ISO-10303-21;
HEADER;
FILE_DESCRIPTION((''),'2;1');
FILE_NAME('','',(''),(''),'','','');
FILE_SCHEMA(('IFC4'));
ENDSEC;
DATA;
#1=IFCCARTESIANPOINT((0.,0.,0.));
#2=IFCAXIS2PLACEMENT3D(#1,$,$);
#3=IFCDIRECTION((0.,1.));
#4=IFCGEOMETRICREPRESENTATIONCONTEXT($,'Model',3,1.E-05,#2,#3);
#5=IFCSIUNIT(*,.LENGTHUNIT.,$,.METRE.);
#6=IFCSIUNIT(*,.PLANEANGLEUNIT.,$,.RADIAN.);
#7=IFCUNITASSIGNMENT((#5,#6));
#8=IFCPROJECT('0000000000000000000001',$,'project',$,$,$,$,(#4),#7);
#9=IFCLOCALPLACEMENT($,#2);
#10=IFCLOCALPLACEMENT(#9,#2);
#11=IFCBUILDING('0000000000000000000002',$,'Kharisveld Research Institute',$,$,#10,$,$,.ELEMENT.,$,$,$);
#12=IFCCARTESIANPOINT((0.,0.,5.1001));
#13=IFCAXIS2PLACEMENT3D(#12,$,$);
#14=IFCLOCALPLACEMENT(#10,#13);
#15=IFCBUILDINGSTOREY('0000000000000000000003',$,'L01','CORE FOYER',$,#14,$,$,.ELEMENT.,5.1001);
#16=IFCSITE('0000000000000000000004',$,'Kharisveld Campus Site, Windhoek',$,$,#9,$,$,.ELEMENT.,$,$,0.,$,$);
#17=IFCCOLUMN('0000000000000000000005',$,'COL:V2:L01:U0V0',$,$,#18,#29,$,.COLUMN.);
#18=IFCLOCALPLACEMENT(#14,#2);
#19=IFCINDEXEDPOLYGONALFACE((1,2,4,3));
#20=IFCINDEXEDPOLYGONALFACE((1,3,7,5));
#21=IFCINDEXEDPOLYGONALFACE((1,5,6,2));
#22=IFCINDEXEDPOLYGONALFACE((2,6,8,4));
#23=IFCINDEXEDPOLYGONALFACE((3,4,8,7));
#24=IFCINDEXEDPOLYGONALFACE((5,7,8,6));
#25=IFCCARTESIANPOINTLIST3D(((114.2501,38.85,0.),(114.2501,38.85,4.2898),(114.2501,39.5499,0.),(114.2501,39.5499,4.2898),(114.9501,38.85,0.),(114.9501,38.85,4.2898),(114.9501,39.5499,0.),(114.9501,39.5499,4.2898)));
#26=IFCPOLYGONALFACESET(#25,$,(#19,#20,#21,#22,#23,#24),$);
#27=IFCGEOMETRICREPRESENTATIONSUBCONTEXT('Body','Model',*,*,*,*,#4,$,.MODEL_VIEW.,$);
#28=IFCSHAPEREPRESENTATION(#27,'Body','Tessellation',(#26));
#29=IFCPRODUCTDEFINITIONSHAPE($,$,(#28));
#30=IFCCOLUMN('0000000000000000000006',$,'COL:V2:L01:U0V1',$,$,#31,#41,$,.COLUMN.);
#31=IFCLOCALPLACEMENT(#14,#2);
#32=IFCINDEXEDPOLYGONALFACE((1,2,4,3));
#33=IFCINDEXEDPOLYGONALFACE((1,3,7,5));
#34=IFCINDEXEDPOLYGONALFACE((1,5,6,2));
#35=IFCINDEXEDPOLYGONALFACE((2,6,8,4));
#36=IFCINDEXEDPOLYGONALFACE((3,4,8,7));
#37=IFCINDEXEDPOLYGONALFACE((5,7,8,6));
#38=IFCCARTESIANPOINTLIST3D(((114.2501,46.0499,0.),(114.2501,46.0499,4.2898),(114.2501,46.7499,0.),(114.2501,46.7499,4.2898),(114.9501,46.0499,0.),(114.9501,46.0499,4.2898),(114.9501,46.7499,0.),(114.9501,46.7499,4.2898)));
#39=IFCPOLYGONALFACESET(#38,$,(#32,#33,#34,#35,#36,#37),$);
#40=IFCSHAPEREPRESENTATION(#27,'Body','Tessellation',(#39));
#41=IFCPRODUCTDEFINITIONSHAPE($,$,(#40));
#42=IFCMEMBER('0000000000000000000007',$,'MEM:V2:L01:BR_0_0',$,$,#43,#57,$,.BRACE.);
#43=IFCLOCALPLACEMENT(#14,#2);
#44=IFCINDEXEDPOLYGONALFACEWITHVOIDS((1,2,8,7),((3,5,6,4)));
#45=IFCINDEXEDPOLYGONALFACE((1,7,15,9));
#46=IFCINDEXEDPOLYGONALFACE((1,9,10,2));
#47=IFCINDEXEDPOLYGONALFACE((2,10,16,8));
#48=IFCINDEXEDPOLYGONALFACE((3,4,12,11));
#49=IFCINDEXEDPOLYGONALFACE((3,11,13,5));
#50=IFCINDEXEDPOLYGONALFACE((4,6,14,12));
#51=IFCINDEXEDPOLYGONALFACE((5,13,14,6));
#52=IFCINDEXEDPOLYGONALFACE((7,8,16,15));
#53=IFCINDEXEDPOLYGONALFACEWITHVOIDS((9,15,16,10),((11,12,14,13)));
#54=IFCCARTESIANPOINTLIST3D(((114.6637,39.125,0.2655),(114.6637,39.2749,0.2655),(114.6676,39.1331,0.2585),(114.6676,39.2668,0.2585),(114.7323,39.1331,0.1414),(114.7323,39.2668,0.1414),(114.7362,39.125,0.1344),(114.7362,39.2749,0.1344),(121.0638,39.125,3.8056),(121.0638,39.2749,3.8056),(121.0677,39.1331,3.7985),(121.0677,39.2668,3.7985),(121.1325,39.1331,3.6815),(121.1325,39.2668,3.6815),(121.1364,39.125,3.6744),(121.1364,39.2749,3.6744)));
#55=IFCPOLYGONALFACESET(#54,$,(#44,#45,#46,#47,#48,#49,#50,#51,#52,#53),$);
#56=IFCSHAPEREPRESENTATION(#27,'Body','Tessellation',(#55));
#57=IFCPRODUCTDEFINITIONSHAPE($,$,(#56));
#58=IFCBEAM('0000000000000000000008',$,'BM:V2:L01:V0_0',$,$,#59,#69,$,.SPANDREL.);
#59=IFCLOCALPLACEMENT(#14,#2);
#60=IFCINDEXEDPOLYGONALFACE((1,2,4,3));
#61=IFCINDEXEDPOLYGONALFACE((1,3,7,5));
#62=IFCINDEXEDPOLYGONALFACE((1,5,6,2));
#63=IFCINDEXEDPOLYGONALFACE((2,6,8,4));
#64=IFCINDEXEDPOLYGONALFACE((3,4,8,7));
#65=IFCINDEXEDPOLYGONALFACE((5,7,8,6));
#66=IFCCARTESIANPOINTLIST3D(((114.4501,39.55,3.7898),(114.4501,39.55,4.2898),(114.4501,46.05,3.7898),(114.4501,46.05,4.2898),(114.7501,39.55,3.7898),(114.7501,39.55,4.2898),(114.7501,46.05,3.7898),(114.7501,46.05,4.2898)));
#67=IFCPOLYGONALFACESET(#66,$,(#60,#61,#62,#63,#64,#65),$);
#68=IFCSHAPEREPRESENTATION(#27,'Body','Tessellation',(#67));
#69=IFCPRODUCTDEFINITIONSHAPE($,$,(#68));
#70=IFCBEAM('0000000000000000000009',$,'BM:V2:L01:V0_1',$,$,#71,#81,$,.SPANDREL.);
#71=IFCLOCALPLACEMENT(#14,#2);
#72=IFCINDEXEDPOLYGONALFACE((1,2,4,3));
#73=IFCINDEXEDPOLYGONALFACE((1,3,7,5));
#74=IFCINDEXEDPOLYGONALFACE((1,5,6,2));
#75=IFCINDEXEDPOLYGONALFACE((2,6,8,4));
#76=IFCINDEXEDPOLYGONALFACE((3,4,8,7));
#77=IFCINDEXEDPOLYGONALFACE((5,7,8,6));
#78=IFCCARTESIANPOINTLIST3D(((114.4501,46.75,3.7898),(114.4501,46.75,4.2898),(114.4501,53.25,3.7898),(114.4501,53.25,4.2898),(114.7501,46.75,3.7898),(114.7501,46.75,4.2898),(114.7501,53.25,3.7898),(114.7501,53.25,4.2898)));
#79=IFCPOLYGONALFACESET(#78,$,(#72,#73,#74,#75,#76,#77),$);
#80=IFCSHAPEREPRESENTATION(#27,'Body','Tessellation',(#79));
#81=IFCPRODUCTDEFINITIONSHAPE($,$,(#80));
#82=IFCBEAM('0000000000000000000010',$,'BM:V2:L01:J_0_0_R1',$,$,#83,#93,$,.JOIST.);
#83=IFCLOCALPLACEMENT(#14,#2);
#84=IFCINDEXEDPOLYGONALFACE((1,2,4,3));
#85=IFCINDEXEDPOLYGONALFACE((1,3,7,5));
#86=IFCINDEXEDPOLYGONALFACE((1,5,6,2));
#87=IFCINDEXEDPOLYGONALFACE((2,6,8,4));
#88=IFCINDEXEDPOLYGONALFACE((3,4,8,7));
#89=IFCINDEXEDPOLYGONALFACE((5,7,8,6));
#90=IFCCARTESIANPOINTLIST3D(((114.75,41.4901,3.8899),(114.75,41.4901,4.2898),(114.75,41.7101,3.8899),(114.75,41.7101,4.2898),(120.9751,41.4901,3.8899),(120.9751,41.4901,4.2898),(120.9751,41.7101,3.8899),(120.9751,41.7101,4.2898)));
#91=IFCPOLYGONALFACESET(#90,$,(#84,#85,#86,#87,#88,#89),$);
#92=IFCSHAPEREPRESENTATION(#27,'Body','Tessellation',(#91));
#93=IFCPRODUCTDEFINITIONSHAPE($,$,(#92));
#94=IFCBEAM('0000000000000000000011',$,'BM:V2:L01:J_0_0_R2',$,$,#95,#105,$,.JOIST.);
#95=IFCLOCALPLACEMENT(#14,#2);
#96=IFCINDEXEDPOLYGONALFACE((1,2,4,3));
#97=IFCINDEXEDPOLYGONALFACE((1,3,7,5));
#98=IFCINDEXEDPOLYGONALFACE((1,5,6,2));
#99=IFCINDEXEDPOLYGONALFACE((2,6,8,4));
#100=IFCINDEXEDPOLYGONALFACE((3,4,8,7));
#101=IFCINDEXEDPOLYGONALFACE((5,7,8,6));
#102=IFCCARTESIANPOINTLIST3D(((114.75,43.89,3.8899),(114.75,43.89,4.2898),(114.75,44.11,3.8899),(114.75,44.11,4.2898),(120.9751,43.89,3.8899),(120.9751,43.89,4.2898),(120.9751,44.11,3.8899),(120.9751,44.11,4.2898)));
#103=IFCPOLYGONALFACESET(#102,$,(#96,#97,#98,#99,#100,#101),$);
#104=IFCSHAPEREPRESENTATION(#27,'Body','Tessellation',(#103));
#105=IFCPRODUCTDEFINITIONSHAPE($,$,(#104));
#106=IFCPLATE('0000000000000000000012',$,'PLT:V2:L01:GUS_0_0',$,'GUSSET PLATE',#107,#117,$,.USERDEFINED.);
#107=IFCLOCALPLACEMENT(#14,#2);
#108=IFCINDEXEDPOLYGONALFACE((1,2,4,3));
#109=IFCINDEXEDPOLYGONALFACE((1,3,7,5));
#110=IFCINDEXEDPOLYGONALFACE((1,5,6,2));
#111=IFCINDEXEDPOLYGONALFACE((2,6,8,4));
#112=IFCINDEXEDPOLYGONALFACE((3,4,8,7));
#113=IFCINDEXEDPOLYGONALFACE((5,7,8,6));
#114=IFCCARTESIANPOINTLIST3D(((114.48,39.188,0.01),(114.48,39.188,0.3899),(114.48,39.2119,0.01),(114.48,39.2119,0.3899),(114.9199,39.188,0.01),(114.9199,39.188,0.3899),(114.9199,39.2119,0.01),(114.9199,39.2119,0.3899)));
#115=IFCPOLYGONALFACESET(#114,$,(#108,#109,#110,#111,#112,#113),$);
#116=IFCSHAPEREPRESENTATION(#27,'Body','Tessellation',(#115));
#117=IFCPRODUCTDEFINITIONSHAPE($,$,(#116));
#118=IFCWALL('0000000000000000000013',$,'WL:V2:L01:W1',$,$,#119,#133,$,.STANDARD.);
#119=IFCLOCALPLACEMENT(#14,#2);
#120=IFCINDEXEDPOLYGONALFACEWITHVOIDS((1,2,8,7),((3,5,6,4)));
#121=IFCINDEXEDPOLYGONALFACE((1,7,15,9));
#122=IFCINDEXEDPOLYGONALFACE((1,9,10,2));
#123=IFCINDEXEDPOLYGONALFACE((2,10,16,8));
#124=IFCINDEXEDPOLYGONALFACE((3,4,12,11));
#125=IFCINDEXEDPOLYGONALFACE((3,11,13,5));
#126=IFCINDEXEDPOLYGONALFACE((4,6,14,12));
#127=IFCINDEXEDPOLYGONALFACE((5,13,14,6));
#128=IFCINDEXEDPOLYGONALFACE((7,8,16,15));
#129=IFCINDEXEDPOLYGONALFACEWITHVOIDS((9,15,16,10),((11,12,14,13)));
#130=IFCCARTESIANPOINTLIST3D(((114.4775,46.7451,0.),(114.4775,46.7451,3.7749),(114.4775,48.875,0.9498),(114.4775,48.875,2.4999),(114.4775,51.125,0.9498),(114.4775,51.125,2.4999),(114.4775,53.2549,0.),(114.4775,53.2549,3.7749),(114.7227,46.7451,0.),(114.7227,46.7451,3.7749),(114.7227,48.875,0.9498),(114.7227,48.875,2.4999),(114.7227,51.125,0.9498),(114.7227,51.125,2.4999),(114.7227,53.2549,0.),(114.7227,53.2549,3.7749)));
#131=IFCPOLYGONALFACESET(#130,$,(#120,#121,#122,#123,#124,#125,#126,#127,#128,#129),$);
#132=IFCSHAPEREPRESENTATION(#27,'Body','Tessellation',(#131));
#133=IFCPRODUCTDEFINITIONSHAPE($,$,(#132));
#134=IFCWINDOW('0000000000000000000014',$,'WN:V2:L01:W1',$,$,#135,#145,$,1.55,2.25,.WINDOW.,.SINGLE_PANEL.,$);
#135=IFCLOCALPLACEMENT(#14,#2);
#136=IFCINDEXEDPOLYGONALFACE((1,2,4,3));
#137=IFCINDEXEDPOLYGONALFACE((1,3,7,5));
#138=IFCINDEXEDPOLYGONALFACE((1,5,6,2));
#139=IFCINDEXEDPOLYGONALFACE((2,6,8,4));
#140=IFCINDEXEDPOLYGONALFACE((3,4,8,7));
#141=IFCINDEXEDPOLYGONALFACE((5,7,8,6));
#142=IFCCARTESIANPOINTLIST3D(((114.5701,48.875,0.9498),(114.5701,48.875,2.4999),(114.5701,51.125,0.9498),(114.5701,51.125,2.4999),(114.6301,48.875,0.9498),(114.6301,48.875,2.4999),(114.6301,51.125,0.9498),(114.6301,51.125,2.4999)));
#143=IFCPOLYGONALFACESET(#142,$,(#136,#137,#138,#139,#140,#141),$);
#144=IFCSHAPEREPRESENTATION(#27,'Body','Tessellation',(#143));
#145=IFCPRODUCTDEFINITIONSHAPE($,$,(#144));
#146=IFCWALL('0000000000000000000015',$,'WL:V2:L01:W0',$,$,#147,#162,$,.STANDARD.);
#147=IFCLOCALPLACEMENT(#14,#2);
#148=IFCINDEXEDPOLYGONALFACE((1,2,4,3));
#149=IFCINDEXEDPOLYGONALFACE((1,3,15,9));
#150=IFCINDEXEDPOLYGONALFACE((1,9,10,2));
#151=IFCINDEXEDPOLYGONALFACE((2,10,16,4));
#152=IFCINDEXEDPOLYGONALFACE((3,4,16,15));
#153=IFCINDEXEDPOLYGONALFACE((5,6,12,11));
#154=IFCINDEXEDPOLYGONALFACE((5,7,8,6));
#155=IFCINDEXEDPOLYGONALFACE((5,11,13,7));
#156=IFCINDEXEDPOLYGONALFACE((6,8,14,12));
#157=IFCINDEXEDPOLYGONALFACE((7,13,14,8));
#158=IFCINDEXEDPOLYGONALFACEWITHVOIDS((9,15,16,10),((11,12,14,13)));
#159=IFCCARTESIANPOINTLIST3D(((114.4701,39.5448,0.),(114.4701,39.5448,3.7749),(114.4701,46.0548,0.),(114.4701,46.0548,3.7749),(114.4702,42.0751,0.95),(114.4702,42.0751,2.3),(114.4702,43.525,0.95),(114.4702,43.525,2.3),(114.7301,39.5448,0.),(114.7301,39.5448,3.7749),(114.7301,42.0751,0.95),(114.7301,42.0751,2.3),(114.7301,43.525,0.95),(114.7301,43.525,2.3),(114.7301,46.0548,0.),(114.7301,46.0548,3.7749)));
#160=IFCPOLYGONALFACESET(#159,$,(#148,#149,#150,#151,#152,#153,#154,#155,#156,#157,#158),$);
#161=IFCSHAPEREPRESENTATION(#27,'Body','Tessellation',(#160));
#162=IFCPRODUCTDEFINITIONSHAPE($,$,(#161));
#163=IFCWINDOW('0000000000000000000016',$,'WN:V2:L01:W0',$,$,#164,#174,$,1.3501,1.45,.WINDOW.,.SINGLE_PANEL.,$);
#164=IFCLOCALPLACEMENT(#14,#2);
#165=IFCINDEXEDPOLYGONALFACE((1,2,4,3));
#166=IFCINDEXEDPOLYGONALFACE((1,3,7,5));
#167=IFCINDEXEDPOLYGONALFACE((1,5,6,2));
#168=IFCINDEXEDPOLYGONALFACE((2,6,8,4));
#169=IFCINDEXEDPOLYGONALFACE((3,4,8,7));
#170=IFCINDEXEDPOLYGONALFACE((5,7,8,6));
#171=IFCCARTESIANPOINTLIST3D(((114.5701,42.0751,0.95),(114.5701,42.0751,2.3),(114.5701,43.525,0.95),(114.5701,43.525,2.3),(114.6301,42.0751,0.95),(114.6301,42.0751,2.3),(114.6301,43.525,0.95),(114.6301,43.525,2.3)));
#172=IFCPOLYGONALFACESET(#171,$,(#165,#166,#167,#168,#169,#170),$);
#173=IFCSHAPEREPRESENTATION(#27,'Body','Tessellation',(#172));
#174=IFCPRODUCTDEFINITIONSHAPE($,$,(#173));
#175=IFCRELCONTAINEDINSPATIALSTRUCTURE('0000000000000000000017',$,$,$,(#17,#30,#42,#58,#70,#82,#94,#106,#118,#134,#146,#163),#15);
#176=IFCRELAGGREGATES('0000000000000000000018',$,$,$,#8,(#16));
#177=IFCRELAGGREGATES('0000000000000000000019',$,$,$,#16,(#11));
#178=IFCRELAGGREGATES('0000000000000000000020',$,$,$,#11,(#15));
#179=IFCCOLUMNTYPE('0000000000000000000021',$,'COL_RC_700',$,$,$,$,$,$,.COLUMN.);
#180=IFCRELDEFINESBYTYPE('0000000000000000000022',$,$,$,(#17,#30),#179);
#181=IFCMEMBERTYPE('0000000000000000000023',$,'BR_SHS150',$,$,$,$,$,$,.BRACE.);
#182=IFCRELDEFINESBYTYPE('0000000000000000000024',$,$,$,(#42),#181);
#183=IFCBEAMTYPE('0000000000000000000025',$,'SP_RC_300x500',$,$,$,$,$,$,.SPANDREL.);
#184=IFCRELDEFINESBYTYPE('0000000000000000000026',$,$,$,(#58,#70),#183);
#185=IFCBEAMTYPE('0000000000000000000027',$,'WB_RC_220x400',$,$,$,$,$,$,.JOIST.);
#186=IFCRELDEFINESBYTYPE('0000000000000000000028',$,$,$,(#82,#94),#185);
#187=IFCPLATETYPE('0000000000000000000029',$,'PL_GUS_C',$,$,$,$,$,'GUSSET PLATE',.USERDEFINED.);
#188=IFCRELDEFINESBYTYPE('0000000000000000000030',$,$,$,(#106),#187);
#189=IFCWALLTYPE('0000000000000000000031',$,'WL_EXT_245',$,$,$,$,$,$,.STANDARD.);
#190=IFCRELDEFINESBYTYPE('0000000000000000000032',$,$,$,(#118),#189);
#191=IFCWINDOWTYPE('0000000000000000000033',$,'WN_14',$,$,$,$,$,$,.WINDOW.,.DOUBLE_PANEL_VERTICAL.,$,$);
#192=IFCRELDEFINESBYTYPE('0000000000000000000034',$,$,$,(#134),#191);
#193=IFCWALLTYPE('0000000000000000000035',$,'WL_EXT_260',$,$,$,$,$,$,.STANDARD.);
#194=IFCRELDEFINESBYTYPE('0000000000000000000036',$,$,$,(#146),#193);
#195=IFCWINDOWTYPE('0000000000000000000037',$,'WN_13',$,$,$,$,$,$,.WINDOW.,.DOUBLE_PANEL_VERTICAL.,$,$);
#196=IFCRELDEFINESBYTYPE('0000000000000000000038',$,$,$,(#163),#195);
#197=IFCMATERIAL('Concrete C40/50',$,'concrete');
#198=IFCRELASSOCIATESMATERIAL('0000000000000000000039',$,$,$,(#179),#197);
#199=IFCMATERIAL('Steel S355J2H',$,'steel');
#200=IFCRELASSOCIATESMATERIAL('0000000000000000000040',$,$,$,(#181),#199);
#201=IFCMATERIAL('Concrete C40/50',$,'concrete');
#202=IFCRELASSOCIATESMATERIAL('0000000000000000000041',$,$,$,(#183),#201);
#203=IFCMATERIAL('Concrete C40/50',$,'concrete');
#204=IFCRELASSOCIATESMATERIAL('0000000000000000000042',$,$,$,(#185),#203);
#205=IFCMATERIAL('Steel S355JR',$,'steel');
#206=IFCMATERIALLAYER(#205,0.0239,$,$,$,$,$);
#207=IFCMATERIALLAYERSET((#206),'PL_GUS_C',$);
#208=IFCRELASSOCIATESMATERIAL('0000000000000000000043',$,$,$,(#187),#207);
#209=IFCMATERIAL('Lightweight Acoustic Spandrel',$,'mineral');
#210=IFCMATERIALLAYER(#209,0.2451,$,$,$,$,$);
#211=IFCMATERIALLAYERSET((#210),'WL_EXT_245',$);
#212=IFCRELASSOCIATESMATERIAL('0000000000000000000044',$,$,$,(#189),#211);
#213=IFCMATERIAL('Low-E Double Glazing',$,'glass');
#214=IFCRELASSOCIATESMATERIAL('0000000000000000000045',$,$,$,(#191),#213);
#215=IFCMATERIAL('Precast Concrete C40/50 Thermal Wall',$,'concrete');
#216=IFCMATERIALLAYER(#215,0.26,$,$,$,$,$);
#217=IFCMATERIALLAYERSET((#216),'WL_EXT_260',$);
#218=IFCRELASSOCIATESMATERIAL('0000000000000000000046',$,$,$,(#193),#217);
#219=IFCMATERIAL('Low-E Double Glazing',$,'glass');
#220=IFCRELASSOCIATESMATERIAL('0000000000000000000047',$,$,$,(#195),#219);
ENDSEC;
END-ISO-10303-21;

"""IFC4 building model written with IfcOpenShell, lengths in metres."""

from ifc_helpers import new_model, si_unit, direction, frame, frame_2d, origin, origin_2d, place, context, subcontext, project, spatial, rectangle, hollow_rectangle, extrude, material, layer, layer_set, material_profile, profile_set, type_object, element, fill, save


model = new_model("IFC4")

# Units and contexts
model_context = context("Model", 3, precision=1e-05, world=origin(), true_north=direction((0.0, 1.0)))
body_context = subcontext(model_context, "Body", "Model", "MODEL_VIEW")
ifc_project = project(units=[si_unit("LENGTHUNIT", "METRE"), si_unit("PLANEANGLEUNIT", "RADIAN")], contexts=[model_context])

# Site, building, storey
site_placement = place(None, origin())
site = spatial("IfcSite", under=ifc_project, at=site_placement, Name="Kharisveld Campus Site, Windhoek", CompositionType="ELEMENT", RefElevation=0.0)
building_placement = place(site_placement, origin())
building = spatial("IfcBuilding", under=site, at=building_placement, Name="Kharisveld Research Institute", CompositionType="ELEMENT")
storey_placement = place(building_placement, frame((0.0, 0.0, 5.1001)))
storey = spatial("IfcBuildingStorey", under=building, at=storey_placement, Name="L01", Description="CORE FOYER", CompositionType="ELEMENT", Elevation=5.1001)

# Columns
ifc_material_1 = material(Name="Concrete C40/50", Category="concrete")
ifc_material_profile_1 = material_profile(ifc_material_1, rectangle(XDim=0.7, YDim=0.7, at=origin_2d()))
ifc_profile_set_1 = profile_set([ifc_material_profile_1], Name="Concrete C40/50")
column_type = type_object("IfcColumnType", Name="COL_RC_700", PredefinedType="COLUMN", material=ifc_profile_set_1)
for number, where, z_axis, x_axis, name in (
    (1, (114.6001, 39.2, 0.0), (0.0, 0.0, 1.0), (1.0, 0.0, 0.0), "COL:V2:L01:U0V0"),
    (2, (114.6001, 46.3999, 0.0), (0.0, 0.0, 1.0), (1.0, 0.0, 0.0), "COL:V2:L01:U0V1"),
):
    element("IfcColumn", number, at=place(storey_placement, frame(where, z_axis=z_axis, x_axis=x_axis)), inside=storey, type_object=column_type, Name=name, PredefinedType="COLUMN", context=body_context, shape_type="SweptSolid", body=[
        extrude(rectangle(XDim=0.7, YDim=0.7, at=origin_2d()), origin(), (0.0, 0.0, 1.0), 4.2898),
    ])

# Member
ifc_material_2 = material(Name="Steel S355J2H", Category="steel")
ifc_material_profile_2 = material_profile(ifc_material_2, hollow_rectangle(XDim=0.1499, YDim=0.1499, WallThickness=0.0081, at=origin_2d()))
ifc_profile_set_2 = profile_set([ifc_material_profile_2], Name="Steel S355J2H")
member_type = type_object("IfcMemberType", Name="BR_SHS150", PredefinedType="BRACE", material=ifc_profile_set_2)
member_placement = place(storey_placement, frame((114.7, 39.2, 0.2), z_axis=(0.875061, 0.0, 0.484012), x_axis=(0.0, 1.0, 0.0)))
element("IfcMember", 3, at=member_placement, inside=storey, type_object=member_type, Name="MEM:V2:L01:BR_0_0", PredefinedType="BRACE", context=body_context, shape_type="SweptSolid", body=[
    extrude(hollow_rectangle(XDim=0.1499, YDim=0.1499, WallThickness=0.0081, at=origin_2d()), origin(), (0.0, 0.0, 1.0), 7.314),
])

# Beams
ifc_material_3 = material(Name="Concrete C40/50", Category="concrete")
ifc_material_profile_3 = material_profile(ifc_material_3, rectangle(XDim=0.3, YDim=0.5, at=origin_2d()))
ifc_profile_set_3 = profile_set([ifc_material_profile_3], Name="Concrete C40/50")
beam_type_1 = type_object("IfcBeamType", Name="SP_RC_300x500", PredefinedType="SPANDREL", material=ifc_profile_set_3)
for number, where, z_axis, x_axis, name in (
    (4, (114.6001, 39.55, 4.0398), (0.0, 1.0, 0.0), (-1.0, 0.0, 0.0), "BM:V2:L01:V0_0"),
    (5, (114.6001, 46.75, 4.0398), (0.0, 1.0, 0.0), (-1.0, 0.0, 0.0), "BM:V2:L01:V0_1"),
):
    element("IfcBeam", number, at=place(storey_placement, frame(where, z_axis=z_axis, x_axis=x_axis)), inside=storey, type_object=beam_type_1, Name=name, PredefinedType="SPANDREL", context=body_context, shape_type="SweptSolid", body=[
        extrude(rectangle(XDim=0.3, YDim=0.5, at=origin_2d()), origin(), (0.0, 0.0, 1.0), 6.5),
    ])
ifc_material_4 = material(Name="Concrete C40/50", Category="concrete")
ifc_material_profile_4 = material_profile(ifc_material_4, rectangle(XDim=0.22, YDim=0.3999, at=origin_2d()))
ifc_profile_set_4 = profile_set([ifc_material_profile_4], Name="Concrete C40/50")
beam_type_2 = type_object("IfcBeamType", Name="WB_RC_220x400", PredefinedType="JOIST", material=ifc_profile_set_4)
for number, where, z_axis, x_axis, name in (
    (6, (114.75, 41.6001, 4.0898), (1.0, 0.0, 0.0), (0.0, 1.0, 0.0), "BM:V2:L01:J_0_0_R1"),
    (7, (114.75, 44.0, 4.0898), (1.0, 0.0, 0.0), (0.0, 1.0, 0.0), "BM:V2:L01:J_0_0_R2"),
):
    element("IfcBeam", number, at=place(storey_placement, frame(where, z_axis=z_axis, x_axis=x_axis)), inside=storey, type_object=beam_type_2, Name=name, PredefinedType="JOIST", context=body_context, shape_type="SweptSolid", body=[
        extrude(rectangle(XDim=0.22, YDim=0.3999, at=origin_2d()), origin(), (0.0, 0.0, 1.0), 6.2251),
    ])

# Plate
ifc_material_5 = material(Name="Steel S355JR", Category="steel")
ifc_layer_1 = layer(ifc_material_5, 0.0239)
ifc_layer_set_1 = layer_set([ifc_layer_1], Name="PL_GUS_C")
plate_type = type_object("IfcPlateType", Name="PL_GUS_C", ElementType="GUSSET PLATE", PredefinedType="USERDEFINED", material=ifc_layer_set_1)
plate_placement = place(storey_placement, frame((114.7, 39.2, 0.01), z_axis=(0.0, 0.0, 1.0), x_axis=(1.0, 0.0, 0.0)))
element("IfcPlate", 8, at=plate_placement, inside=storey, type_object=plate_type, Name="PLT:V2:L01:GUS_0_0", ObjectType="GUSSET PLATE", PredefinedType="USERDEFINED", context=body_context, shape_type="SweptSolid", body=[
    extrude(rectangle(XDim=0.4399, YDim=0.0239, at=origin_2d()), origin(), (0.0, 0.0, 1.0), 0.3799),
])

# Walls, openings, windows
ifc_material_6 = material(Name="Lightweight Acoustic Spandrel", Category="mineral")
ifc_layer_2 = layer(ifc_material_6, 0.2451)
ifc_layer_set_2 = layer_set([ifc_layer_2], Name="WL_EXT_245")
wall_type_1 = type_object("IfcWallType", Name="WL_EXT_245", PredefinedType="STANDARD", material=ifc_layer_set_2)
wall_1_placement = place(storey_placement, frame((114.6001, 46.7451, 0.0), z_axis=(0.0, 0.0, 1.0), x_axis=(0.0, 1.0, 0.0)))
wall_1 = element("IfcWall", 9, at=wall_1_placement, inside=storey, type_object=wall_type_1, Name="WL:V2:L01:W1", PredefinedType="STANDARD", context=body_context, shape_type="SweptSolid", body=[
    extrude(rectangle(XDim=6.5098, YDim=0.2451, at=frame_2d((3.2549, 0.0))), origin(), (0.0, 0.0, 1.0), 3.7749),
])
opening_1_placement = place(wall_1_placement, frame((2.1299, 0.0, 0.95)))
opening_1 = element("IfcOpeningElement", 10, at=opening_1_placement, cuts=wall_1, PredefinedType="OPENING", context=body_context, shape_type="SweptSolid", body=[
    extrude(rectangle(XDim=2.25, YDim=1.55, at=frame_2d((1.125, 0.7749))), frame((0.0, 0.1226, 0.0), z_axis=(0.0, -1.0, 0.0), x_axis=(1.0, 0.0, 0.0)), (0.0, 0.0, 1.0), 0.2451),
])
ifc_material_7 = material(Name="Low-E Double Glazing", Category="glass")
window_type_1 = type_object("IfcWindowType", Name="WN_14", PartitioningType="DOUBLE_PANEL_VERTICAL", PredefinedType="WINDOW", material=ifc_material_7)
window_1_placement = place(opening_1_placement, origin())
window_1 = element("IfcWindow", 11, at=window_1_placement, inside=storey, type_object=window_type_1, Name="WN:V2:L01:W1", OverallHeight=1.55, OverallWidth=2.25, PartitioningType="SINGLE_PANEL", PredefinedType="WINDOW", context=body_context, shape_type="SweptSolid", body=[
    extrude(rectangle(XDim=2.25, YDim=1.55, at=frame_2d((1.125, 0.7749))), frame((0.0, 0.03, 0.0), z_axis=(0.0, -1.0, 0.0), x_axis=(1.0, 0.0, 0.0)), (0.0, 0.0, 1.0), 0.0601),
])
fill(opening_1, window_1)
ifc_material_8 = material(Name="Precast Concrete C40/50 Thermal Wall", Category="concrete")
ifc_layer_3 = layer(ifc_material_8, 0.26)
ifc_layer_set_3 = layer_set([ifc_layer_3], Name="WL_EXT_260")
wall_type_2 = type_object("IfcWallType", Name="WL_EXT_260", PredefinedType="STANDARD", material=ifc_layer_set_3)
wall_2_placement = place(storey_placement, frame((114.6001, 39.5449, 0.0), z_axis=(0.0, 0.0, 1.0), x_axis=(0.0, 1.0, 0.0)))
wall_2 = element("IfcWall", 12, at=wall_2_placement, inside=storey, type_object=wall_type_2, Name="WL:V2:L01:W0", PredefinedType="STANDARD", context=body_context, shape_type="SweptSolid", body=[
    extrude(rectangle(XDim=6.51, YDim=0.26, at=frame_2d((3.2549, 0.0))), origin(), (0.0, 0.0, 1.0), 3.7749),
])
opening_2_placement = place(wall_2_placement, frame((2.53, 0.0, 0.95)))
opening_2 = element("IfcOpeningElement", 13, at=opening_2_placement, cuts=wall_2, PredefinedType="OPENING", context=body_context, shape_type="SweptSolid", body=[
    extrude(rectangle(XDim=1.45, YDim=1.3501, at=frame_2d((0.7251, 0.675))), frame((0.0, 0.1299, 0.0), z_axis=(0.0, -1.0, 0.0), x_axis=(1.0, 0.0, 0.0)), (0.0, 0.0, 1.0), 0.26),
])
ifc_material_9 = material(Name="Low-E Double Glazing", Category="glass")
window_type_2 = type_object("IfcWindowType", Name="WN_13", PartitioningType="DOUBLE_PANEL_VERTICAL", PredefinedType="WINDOW", material=ifc_material_9)
window_2_placement = place(opening_2_placement, origin())
window_2 = element("IfcWindow", 14, at=window_2_placement, inside=storey, type_object=window_type_2, Name="WN:V2:L01:W0", OverallHeight=1.3501, OverallWidth=1.45, PartitioningType="SINGLE_PANEL", PredefinedType="WINDOW", context=body_context, shape_type="SweptSolid", body=[
    extrude(rectangle(XDim=1.45, YDim=1.3501, at=frame_2d((0.7251, 0.675))), frame((0.0, 0.03, 0.0), z_axis=(0.0, -1.0, 0.0), x_axis=(1.0, 0.0, 0.0)), (0.0, 0.0, 1.0), 0.0601),
])
fill(opening_2, window_2)

save(model, "model.ifc")
